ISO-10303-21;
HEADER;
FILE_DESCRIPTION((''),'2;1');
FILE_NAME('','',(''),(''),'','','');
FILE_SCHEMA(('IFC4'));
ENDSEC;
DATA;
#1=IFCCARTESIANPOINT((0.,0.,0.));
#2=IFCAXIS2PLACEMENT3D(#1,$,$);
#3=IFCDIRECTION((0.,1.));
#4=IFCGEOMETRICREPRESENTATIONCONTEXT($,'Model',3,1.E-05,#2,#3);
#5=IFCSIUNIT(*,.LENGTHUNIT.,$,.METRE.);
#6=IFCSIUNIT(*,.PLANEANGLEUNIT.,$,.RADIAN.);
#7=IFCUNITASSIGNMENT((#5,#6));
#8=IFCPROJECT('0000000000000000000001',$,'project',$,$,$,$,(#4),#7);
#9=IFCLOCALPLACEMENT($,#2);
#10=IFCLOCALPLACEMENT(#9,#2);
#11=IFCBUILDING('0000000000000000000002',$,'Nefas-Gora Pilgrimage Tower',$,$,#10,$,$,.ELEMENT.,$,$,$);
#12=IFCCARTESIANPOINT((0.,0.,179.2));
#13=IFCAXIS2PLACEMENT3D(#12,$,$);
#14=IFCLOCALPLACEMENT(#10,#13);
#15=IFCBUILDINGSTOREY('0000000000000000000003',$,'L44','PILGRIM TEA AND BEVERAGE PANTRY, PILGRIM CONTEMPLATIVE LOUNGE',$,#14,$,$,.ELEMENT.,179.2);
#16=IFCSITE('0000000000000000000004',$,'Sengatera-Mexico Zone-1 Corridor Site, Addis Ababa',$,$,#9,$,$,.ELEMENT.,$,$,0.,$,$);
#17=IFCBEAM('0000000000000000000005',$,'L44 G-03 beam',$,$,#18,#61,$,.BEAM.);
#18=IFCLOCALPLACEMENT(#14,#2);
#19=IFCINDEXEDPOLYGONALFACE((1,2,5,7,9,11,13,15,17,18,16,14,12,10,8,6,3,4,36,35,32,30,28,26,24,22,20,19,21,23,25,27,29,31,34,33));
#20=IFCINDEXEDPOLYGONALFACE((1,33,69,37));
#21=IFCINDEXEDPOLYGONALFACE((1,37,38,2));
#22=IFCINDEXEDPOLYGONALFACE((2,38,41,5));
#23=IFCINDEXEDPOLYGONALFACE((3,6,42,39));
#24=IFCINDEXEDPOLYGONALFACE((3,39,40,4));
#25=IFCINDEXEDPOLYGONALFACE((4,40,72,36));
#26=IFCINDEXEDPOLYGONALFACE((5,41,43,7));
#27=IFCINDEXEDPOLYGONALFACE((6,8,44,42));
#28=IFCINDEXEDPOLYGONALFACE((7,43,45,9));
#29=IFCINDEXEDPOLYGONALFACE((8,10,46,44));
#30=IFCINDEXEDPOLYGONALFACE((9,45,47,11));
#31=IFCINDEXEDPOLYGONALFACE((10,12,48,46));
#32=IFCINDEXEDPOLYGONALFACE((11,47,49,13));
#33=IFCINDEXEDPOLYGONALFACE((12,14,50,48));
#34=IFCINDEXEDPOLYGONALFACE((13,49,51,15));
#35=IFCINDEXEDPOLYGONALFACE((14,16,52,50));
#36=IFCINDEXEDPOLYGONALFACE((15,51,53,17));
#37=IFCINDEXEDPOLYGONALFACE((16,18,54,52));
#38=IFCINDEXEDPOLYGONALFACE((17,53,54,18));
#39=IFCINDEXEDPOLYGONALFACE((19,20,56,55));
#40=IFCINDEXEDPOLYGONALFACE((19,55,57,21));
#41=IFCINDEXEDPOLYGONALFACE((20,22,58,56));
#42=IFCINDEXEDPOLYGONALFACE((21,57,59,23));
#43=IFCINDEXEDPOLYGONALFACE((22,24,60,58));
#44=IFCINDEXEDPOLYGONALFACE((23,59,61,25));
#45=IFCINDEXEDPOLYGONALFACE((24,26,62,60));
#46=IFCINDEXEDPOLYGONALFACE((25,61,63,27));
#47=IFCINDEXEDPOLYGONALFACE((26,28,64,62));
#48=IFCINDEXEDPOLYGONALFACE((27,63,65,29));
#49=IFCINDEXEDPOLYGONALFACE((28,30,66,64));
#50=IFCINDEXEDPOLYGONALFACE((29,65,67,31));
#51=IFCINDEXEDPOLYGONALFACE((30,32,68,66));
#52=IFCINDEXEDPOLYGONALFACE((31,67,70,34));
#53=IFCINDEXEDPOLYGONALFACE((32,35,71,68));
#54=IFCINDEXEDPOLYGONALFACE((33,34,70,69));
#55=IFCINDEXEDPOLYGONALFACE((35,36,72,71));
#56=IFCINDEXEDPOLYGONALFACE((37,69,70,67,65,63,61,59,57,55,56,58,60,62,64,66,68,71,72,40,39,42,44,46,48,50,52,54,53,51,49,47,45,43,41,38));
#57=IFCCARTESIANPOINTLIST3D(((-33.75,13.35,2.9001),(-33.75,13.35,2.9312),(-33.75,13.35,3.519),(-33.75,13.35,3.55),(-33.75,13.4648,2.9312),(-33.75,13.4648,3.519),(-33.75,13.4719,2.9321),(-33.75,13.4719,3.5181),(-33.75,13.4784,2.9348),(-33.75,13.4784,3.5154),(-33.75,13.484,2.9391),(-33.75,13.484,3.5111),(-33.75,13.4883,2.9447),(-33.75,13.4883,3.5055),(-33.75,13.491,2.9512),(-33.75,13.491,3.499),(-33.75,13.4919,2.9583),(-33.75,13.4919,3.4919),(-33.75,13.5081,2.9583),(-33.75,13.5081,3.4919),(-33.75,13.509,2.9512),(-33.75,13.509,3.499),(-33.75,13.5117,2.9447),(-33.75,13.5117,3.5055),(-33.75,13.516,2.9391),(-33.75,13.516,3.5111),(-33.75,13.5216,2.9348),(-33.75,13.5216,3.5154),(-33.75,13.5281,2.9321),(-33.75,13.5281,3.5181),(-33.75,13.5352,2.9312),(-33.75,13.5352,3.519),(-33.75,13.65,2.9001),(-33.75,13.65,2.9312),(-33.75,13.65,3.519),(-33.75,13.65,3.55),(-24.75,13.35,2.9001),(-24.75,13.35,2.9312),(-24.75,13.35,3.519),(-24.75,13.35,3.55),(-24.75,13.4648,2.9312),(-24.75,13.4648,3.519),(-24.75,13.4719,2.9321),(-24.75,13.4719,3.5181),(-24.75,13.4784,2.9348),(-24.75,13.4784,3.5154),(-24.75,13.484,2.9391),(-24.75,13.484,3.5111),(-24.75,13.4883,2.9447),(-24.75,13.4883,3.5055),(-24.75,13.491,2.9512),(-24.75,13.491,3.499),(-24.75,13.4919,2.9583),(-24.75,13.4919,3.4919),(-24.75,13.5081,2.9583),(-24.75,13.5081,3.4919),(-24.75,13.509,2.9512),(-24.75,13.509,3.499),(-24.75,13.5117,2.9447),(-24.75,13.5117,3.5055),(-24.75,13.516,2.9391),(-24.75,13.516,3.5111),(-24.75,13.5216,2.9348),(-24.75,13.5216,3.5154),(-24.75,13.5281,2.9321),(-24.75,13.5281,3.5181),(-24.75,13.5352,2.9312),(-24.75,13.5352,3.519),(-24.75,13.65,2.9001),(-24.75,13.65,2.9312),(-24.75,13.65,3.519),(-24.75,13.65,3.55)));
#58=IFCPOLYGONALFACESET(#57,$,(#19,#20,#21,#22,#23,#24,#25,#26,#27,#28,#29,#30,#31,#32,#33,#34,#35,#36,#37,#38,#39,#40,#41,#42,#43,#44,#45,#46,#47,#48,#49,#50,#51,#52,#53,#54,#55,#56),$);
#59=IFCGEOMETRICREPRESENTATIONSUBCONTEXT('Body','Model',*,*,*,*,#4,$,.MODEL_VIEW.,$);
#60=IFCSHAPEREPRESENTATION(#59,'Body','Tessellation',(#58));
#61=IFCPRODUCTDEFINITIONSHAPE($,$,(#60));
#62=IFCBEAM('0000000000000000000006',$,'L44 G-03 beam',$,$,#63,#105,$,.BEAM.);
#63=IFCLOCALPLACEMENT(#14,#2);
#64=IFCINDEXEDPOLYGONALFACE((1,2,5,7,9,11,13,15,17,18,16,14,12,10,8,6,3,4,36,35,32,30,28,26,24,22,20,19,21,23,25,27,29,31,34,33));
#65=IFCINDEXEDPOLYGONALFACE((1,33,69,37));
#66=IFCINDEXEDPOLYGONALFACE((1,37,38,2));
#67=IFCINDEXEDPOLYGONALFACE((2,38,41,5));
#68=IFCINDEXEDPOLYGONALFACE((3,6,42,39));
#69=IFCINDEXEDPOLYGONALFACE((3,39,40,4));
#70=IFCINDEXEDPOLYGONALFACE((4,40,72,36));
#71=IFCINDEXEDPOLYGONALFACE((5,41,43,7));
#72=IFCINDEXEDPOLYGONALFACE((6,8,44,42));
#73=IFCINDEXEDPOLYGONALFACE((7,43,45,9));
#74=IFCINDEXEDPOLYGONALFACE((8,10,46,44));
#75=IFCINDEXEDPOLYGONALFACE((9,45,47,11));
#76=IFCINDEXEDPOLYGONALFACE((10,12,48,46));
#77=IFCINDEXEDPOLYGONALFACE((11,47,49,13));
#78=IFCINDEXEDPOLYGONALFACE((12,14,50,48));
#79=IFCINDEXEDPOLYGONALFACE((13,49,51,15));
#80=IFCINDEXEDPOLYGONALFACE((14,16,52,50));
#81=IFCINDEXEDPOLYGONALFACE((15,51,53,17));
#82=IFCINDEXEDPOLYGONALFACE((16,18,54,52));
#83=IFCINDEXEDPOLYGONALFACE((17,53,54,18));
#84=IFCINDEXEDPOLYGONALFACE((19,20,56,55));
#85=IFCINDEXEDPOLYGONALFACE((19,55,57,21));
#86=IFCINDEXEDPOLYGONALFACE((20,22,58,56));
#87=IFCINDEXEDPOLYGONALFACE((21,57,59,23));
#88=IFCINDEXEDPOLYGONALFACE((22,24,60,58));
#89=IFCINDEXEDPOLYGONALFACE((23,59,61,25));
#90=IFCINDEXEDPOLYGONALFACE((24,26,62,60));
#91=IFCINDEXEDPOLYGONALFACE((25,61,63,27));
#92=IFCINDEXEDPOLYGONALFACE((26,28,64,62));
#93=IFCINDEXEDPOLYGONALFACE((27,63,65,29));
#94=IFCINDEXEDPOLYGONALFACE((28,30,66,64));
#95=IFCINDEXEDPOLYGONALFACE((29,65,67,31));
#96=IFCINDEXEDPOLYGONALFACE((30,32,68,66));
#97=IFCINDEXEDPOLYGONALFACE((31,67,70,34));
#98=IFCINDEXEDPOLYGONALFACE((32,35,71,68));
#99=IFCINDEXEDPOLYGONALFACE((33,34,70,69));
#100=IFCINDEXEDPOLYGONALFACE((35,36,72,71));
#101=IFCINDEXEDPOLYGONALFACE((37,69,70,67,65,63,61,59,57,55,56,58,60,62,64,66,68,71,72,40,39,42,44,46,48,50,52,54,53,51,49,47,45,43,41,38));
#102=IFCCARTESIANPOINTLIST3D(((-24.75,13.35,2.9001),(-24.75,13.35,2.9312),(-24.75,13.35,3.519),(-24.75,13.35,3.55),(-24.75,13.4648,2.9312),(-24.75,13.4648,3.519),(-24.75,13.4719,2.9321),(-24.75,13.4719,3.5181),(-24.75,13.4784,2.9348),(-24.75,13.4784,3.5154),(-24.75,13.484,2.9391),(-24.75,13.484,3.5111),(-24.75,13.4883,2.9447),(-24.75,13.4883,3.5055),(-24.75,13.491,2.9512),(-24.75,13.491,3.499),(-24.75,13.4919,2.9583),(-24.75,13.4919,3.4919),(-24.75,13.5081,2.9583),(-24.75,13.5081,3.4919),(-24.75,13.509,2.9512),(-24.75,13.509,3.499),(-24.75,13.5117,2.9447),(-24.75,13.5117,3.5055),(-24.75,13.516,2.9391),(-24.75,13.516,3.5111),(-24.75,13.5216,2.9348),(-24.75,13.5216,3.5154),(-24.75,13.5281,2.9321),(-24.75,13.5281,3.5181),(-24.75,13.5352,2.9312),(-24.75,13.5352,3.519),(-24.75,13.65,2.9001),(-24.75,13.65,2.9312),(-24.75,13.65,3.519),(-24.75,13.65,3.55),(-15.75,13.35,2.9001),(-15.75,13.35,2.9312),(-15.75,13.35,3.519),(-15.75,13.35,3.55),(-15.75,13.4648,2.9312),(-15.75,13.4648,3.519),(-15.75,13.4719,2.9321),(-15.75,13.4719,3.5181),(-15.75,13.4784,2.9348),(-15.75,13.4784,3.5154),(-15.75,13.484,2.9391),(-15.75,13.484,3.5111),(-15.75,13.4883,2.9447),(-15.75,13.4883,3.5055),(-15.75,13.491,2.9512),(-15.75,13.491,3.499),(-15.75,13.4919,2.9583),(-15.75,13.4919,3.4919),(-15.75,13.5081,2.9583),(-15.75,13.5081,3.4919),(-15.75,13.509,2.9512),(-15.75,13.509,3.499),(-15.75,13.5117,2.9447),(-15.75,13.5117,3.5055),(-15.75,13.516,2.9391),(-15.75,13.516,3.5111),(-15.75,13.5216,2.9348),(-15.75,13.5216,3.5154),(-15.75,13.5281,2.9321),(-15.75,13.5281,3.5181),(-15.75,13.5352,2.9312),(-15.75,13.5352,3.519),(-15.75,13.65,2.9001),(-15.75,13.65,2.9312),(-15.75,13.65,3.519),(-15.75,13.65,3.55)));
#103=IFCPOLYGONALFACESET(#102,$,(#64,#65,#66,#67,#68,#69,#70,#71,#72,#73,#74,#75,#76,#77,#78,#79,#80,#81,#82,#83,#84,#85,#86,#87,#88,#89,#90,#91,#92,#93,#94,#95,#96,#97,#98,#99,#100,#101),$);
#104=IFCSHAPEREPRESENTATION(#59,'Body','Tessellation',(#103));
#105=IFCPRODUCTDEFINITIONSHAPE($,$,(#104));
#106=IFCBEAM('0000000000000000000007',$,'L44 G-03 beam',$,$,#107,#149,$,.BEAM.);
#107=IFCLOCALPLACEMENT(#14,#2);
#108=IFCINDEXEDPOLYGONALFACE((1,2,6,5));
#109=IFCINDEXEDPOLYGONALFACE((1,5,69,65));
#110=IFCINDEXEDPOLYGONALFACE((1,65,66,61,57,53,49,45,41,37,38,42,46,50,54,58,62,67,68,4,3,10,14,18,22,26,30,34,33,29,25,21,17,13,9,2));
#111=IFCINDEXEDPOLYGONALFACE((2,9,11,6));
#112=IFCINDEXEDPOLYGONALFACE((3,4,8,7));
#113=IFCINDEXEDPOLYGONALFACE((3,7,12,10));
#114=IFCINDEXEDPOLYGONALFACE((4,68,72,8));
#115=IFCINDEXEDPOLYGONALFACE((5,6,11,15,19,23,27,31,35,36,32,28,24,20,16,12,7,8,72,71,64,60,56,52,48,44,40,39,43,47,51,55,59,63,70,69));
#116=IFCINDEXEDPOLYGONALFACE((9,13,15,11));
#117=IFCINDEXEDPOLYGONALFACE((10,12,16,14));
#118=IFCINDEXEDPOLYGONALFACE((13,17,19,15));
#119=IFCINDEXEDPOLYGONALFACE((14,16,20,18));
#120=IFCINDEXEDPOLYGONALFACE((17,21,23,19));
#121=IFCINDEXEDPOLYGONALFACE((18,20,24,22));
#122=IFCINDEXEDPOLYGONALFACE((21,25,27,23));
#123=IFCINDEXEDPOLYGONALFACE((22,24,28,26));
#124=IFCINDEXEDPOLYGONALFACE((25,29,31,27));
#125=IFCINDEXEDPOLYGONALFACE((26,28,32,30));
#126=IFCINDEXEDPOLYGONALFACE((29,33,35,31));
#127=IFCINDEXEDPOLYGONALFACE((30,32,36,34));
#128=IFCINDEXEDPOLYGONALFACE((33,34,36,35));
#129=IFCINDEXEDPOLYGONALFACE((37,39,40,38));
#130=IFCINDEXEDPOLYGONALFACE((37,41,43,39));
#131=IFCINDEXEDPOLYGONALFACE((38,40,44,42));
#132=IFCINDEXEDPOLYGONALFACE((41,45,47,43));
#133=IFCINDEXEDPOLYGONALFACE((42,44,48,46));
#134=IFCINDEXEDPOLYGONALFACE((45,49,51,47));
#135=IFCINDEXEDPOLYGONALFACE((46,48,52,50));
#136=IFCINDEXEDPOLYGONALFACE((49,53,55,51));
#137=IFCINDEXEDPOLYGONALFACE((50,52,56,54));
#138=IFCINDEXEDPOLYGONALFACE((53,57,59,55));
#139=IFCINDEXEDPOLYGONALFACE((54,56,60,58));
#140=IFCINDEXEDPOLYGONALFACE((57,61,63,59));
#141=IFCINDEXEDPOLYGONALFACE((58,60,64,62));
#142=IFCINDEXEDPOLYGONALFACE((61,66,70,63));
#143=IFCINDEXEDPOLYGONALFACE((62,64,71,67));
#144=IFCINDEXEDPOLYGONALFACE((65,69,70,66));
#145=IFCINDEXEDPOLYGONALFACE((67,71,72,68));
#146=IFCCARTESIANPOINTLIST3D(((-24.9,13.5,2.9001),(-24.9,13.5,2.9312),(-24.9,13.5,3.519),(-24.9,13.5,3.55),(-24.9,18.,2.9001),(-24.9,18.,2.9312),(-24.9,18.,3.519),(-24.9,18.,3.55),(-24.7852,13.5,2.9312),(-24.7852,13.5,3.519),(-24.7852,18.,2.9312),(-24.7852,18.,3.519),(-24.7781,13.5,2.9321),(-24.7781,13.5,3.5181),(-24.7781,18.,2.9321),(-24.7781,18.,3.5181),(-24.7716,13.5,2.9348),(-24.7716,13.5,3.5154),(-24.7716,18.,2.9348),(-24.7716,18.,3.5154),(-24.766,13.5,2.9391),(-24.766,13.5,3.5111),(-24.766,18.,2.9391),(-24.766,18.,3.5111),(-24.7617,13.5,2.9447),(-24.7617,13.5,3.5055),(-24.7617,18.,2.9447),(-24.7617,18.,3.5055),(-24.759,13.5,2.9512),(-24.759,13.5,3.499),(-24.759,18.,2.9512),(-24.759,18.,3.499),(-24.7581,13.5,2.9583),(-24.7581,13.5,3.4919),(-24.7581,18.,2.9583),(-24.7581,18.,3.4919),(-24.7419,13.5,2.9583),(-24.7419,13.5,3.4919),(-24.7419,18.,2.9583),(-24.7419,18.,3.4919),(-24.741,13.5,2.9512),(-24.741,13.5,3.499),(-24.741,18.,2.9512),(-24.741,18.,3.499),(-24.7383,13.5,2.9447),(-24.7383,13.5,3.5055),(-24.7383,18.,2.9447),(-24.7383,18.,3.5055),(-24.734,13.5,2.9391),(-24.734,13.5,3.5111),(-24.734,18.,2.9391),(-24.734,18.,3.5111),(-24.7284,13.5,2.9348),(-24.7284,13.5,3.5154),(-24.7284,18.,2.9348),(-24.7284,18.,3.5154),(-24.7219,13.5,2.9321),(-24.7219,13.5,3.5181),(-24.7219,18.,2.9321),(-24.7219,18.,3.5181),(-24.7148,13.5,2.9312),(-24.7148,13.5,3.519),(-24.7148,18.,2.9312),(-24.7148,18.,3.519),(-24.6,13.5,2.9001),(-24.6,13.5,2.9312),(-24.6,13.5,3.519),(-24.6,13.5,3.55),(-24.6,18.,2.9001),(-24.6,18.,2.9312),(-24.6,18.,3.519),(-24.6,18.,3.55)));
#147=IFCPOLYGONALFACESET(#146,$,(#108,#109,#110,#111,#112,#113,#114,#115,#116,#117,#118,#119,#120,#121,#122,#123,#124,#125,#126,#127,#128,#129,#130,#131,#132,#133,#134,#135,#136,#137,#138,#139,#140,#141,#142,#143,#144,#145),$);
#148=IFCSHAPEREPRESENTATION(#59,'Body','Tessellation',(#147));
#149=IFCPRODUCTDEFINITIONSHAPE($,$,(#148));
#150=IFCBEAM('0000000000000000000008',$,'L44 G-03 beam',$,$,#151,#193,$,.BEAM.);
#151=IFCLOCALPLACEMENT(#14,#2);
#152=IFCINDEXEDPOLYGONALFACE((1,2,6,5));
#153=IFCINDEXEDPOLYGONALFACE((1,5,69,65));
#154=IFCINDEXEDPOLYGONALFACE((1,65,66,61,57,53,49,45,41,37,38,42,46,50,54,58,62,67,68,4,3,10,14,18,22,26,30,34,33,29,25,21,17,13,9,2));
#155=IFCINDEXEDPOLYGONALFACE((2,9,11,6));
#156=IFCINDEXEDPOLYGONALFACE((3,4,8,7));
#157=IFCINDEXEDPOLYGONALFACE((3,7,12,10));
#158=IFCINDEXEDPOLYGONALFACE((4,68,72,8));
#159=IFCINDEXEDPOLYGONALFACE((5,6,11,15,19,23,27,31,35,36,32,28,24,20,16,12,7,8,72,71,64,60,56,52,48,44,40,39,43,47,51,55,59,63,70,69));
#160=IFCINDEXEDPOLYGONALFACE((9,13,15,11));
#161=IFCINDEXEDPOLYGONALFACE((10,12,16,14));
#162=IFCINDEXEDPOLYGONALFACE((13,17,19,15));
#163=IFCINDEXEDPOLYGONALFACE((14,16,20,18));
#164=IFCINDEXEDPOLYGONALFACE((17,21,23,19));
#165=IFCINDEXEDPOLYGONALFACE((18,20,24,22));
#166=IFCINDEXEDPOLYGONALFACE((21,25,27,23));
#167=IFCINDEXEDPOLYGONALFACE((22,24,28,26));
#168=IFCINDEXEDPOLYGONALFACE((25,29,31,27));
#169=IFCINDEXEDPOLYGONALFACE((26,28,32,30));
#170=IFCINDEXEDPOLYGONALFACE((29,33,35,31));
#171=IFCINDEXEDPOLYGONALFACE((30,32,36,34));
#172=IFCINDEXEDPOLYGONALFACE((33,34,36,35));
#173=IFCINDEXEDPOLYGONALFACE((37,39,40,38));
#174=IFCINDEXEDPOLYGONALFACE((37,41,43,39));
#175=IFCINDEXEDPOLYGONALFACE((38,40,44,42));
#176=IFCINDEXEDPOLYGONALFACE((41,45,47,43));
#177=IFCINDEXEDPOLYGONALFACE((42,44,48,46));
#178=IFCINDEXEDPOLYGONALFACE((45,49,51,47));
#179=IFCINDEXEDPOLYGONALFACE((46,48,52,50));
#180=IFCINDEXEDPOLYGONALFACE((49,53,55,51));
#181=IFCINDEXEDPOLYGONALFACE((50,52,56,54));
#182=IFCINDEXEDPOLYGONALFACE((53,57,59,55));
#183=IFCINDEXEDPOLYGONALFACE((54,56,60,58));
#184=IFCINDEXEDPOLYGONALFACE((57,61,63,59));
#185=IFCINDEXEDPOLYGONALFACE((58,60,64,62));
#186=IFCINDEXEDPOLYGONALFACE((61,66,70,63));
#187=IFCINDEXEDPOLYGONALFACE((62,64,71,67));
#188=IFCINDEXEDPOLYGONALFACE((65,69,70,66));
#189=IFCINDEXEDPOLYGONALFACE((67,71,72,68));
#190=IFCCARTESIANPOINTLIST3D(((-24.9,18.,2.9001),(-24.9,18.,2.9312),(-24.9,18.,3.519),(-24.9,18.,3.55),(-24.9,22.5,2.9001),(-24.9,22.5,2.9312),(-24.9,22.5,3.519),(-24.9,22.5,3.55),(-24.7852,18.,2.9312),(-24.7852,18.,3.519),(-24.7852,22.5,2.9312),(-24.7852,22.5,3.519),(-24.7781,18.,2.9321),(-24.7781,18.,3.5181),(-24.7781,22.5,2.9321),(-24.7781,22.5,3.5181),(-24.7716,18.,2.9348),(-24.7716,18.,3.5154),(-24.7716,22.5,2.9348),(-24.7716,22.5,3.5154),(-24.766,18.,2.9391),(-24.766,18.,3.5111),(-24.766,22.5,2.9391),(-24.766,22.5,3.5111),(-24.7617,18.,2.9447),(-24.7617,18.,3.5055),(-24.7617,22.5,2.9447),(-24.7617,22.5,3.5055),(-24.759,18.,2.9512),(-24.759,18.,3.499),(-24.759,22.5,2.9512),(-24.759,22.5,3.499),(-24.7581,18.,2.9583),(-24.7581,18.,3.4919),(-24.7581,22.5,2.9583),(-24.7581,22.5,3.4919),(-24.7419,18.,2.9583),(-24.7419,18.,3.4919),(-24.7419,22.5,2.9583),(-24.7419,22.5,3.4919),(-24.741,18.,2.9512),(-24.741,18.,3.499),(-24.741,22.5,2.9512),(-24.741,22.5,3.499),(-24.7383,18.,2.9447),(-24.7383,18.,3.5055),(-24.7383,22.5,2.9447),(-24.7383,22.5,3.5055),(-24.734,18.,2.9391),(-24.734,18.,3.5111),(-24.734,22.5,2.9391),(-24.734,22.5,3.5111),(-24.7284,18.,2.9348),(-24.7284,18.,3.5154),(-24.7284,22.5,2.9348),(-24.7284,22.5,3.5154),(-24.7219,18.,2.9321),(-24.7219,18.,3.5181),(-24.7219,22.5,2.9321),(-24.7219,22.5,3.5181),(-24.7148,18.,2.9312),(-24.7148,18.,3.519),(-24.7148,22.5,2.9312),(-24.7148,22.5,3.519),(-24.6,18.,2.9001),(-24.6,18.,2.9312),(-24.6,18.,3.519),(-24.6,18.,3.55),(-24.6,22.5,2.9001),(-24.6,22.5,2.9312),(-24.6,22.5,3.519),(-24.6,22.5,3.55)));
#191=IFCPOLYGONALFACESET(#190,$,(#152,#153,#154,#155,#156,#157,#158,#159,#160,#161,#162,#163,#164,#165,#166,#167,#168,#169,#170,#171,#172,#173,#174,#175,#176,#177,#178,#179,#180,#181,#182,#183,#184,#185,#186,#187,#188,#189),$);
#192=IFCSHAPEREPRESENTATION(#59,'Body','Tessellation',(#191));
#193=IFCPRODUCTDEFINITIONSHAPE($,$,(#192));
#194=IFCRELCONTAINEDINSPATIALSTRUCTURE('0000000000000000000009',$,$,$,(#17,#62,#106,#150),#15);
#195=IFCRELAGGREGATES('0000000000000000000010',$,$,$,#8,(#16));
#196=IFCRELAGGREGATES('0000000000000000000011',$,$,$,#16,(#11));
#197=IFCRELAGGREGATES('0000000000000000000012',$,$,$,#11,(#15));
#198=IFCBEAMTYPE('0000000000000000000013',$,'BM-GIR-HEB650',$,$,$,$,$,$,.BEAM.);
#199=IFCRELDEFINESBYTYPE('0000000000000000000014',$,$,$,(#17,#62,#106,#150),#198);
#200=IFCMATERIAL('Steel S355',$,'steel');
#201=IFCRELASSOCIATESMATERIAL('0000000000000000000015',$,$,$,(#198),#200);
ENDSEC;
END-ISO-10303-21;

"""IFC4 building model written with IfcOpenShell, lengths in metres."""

from ifc_helpers import new_model, si_unit, direction, frame, origin, origin_2d, place, context, subcontext, project, spatial, i_section, extrude, source, transform, mapped, material, material_profile, profile_set, type_object, element, save


model = new_model("IFC4")

# Units and contexts
model_context = context("Model", 3, precision=1e-05, world=origin(), true_north=direction((0.0, 1.0)))
body_context = subcontext(model_context, "Body", "Model", "MODEL_VIEW")
ifc_project = project(units=[si_unit("LENGTHUNIT", "METRE"), si_unit("PLANEANGLEUNIT", "RADIAN")], contexts=[model_context])

# Site, building, storey
site_placement = place(None, origin())
site = spatial("IfcSite", under=ifc_project, at=site_placement, Name="Sengatera-Mexico Zone-1 Corridor Site, Addis Ababa", CompositionType="ELEMENT", RefElevation=0.0)
building_placement = place(site_placement, origin())
building = spatial("IfcBuilding", under=site, at=building_placement, Name="Nefas-Gora Pilgrimage Tower", CompositionType="ELEMENT")
storey_placement = place(building_placement, frame((0.0, 0.0, 179.2)))
storey = spatial("IfcBuildingStorey", under=building, at=storey_placement, Name="L44", Description="PILGRIM TEA AND BEVERAGE PANTRY, PILGRIM CONTEMPLATIVE LOUNGE", CompositionType="ELEMENT", Elevation=179.2)

# Beams
ifc_material_1 = material(Name="Steel S355", Category="steel")
ifc_material_profile_1 = material_profile(ifc_material_1, i_section(OverallWidth=0.3, OverallDepth=0.6499, WebThickness=0.0161, FlangeThickness=0.031, FilletRadius=0.0271, at=origin_2d()), Name="HEB 650")
ifc_profile_set_1 = profile_set([ifc_material_profile_1], Name="Steel S355")
beam_type_1 = type_object("IfcBeamType", Name="BM-GIR-HEB650", PredefinedType="BEAM", material=ifc_profile_set_1)
shared_shape_1 = source(origin(), body_context, "Body", "SweptSolid", [
    extrude(i_section(OverallWidth=0.3, OverallDepth=0.6499, WebThickness=0.0161, FlangeThickness=0.031, FilletRadius=0.0271, at=origin_2d()), origin(), (0.0, 0.0, 1.0), 9.0),
])
for number, where, z_axis, x_axis, name in (
    (1, (-33.75, 13.5, 3.2251), (1.0, 0.0, 0.0), (0.0, 1.0, 0.0), "L44 G-03 beam"),
    (2, (-24.75, 13.5, 3.2251), (1.0, 0.0, 0.0), (0.0, 1.0, 0.0), "L44 G-03 beam"),
):
    element("IfcBeam", number, at=place(storey_placement, frame(where, z_axis=z_axis, x_axis=x_axis)), inside=storey, type_object=beam_type_1, Name=name, PredefinedType="BEAM", context=body_context, shape_type="MappedRepresentation", body=[
        mapped(shared_shape_1, transform((0.0, 0.0, 0.0), x_axis=(1.0, 0.0, 0.0), y_axis=(0.0, 1.0, 0.0), z_axis=(0.0, 0.0, 1.0), scale=1.0)),
    ])
shared_shape_2 = source(origin(), body_context, "Body", "SweptSolid", [
    extrude(i_section(OverallWidth=0.3, OverallDepth=0.6499, WebThickness=0.0161, FlangeThickness=0.031, FilletRadius=0.0271, at=origin_2d()), origin(), (0.0, 0.0, 1.0), 4.5),
])
for number, where, z_axis, x_axis, name in (
    (3, (-24.75, 13.5, 3.2251), (0.0, 1.0, 0.0), (-1.0, 0.0, 0.0), "L44 G-03 beam"),
    (4, (-24.75, 18.0, 3.2251), (0.0, 1.0, 0.0), (-1.0, 0.0, 0.0), "L44 G-03 beam"),
):
    element("IfcBeam", number, at=place(storey_placement, frame(where, z_axis=z_axis, x_axis=x_axis)), inside=storey, type_object=beam_type_1, Name=name, PredefinedType="BEAM", context=body_context, shape_type="MappedRepresentation", body=[
        mapped(shared_shape_2, transform((0.0, 0.0, 0.0), x_axis=(1.0, 0.0, 0.0), y_axis=(0.0, 1.0, 0.0), z_axis=(0.0, 0.0, 1.0), scale=1.0)),
    ])

save(model, "model.ifc")
